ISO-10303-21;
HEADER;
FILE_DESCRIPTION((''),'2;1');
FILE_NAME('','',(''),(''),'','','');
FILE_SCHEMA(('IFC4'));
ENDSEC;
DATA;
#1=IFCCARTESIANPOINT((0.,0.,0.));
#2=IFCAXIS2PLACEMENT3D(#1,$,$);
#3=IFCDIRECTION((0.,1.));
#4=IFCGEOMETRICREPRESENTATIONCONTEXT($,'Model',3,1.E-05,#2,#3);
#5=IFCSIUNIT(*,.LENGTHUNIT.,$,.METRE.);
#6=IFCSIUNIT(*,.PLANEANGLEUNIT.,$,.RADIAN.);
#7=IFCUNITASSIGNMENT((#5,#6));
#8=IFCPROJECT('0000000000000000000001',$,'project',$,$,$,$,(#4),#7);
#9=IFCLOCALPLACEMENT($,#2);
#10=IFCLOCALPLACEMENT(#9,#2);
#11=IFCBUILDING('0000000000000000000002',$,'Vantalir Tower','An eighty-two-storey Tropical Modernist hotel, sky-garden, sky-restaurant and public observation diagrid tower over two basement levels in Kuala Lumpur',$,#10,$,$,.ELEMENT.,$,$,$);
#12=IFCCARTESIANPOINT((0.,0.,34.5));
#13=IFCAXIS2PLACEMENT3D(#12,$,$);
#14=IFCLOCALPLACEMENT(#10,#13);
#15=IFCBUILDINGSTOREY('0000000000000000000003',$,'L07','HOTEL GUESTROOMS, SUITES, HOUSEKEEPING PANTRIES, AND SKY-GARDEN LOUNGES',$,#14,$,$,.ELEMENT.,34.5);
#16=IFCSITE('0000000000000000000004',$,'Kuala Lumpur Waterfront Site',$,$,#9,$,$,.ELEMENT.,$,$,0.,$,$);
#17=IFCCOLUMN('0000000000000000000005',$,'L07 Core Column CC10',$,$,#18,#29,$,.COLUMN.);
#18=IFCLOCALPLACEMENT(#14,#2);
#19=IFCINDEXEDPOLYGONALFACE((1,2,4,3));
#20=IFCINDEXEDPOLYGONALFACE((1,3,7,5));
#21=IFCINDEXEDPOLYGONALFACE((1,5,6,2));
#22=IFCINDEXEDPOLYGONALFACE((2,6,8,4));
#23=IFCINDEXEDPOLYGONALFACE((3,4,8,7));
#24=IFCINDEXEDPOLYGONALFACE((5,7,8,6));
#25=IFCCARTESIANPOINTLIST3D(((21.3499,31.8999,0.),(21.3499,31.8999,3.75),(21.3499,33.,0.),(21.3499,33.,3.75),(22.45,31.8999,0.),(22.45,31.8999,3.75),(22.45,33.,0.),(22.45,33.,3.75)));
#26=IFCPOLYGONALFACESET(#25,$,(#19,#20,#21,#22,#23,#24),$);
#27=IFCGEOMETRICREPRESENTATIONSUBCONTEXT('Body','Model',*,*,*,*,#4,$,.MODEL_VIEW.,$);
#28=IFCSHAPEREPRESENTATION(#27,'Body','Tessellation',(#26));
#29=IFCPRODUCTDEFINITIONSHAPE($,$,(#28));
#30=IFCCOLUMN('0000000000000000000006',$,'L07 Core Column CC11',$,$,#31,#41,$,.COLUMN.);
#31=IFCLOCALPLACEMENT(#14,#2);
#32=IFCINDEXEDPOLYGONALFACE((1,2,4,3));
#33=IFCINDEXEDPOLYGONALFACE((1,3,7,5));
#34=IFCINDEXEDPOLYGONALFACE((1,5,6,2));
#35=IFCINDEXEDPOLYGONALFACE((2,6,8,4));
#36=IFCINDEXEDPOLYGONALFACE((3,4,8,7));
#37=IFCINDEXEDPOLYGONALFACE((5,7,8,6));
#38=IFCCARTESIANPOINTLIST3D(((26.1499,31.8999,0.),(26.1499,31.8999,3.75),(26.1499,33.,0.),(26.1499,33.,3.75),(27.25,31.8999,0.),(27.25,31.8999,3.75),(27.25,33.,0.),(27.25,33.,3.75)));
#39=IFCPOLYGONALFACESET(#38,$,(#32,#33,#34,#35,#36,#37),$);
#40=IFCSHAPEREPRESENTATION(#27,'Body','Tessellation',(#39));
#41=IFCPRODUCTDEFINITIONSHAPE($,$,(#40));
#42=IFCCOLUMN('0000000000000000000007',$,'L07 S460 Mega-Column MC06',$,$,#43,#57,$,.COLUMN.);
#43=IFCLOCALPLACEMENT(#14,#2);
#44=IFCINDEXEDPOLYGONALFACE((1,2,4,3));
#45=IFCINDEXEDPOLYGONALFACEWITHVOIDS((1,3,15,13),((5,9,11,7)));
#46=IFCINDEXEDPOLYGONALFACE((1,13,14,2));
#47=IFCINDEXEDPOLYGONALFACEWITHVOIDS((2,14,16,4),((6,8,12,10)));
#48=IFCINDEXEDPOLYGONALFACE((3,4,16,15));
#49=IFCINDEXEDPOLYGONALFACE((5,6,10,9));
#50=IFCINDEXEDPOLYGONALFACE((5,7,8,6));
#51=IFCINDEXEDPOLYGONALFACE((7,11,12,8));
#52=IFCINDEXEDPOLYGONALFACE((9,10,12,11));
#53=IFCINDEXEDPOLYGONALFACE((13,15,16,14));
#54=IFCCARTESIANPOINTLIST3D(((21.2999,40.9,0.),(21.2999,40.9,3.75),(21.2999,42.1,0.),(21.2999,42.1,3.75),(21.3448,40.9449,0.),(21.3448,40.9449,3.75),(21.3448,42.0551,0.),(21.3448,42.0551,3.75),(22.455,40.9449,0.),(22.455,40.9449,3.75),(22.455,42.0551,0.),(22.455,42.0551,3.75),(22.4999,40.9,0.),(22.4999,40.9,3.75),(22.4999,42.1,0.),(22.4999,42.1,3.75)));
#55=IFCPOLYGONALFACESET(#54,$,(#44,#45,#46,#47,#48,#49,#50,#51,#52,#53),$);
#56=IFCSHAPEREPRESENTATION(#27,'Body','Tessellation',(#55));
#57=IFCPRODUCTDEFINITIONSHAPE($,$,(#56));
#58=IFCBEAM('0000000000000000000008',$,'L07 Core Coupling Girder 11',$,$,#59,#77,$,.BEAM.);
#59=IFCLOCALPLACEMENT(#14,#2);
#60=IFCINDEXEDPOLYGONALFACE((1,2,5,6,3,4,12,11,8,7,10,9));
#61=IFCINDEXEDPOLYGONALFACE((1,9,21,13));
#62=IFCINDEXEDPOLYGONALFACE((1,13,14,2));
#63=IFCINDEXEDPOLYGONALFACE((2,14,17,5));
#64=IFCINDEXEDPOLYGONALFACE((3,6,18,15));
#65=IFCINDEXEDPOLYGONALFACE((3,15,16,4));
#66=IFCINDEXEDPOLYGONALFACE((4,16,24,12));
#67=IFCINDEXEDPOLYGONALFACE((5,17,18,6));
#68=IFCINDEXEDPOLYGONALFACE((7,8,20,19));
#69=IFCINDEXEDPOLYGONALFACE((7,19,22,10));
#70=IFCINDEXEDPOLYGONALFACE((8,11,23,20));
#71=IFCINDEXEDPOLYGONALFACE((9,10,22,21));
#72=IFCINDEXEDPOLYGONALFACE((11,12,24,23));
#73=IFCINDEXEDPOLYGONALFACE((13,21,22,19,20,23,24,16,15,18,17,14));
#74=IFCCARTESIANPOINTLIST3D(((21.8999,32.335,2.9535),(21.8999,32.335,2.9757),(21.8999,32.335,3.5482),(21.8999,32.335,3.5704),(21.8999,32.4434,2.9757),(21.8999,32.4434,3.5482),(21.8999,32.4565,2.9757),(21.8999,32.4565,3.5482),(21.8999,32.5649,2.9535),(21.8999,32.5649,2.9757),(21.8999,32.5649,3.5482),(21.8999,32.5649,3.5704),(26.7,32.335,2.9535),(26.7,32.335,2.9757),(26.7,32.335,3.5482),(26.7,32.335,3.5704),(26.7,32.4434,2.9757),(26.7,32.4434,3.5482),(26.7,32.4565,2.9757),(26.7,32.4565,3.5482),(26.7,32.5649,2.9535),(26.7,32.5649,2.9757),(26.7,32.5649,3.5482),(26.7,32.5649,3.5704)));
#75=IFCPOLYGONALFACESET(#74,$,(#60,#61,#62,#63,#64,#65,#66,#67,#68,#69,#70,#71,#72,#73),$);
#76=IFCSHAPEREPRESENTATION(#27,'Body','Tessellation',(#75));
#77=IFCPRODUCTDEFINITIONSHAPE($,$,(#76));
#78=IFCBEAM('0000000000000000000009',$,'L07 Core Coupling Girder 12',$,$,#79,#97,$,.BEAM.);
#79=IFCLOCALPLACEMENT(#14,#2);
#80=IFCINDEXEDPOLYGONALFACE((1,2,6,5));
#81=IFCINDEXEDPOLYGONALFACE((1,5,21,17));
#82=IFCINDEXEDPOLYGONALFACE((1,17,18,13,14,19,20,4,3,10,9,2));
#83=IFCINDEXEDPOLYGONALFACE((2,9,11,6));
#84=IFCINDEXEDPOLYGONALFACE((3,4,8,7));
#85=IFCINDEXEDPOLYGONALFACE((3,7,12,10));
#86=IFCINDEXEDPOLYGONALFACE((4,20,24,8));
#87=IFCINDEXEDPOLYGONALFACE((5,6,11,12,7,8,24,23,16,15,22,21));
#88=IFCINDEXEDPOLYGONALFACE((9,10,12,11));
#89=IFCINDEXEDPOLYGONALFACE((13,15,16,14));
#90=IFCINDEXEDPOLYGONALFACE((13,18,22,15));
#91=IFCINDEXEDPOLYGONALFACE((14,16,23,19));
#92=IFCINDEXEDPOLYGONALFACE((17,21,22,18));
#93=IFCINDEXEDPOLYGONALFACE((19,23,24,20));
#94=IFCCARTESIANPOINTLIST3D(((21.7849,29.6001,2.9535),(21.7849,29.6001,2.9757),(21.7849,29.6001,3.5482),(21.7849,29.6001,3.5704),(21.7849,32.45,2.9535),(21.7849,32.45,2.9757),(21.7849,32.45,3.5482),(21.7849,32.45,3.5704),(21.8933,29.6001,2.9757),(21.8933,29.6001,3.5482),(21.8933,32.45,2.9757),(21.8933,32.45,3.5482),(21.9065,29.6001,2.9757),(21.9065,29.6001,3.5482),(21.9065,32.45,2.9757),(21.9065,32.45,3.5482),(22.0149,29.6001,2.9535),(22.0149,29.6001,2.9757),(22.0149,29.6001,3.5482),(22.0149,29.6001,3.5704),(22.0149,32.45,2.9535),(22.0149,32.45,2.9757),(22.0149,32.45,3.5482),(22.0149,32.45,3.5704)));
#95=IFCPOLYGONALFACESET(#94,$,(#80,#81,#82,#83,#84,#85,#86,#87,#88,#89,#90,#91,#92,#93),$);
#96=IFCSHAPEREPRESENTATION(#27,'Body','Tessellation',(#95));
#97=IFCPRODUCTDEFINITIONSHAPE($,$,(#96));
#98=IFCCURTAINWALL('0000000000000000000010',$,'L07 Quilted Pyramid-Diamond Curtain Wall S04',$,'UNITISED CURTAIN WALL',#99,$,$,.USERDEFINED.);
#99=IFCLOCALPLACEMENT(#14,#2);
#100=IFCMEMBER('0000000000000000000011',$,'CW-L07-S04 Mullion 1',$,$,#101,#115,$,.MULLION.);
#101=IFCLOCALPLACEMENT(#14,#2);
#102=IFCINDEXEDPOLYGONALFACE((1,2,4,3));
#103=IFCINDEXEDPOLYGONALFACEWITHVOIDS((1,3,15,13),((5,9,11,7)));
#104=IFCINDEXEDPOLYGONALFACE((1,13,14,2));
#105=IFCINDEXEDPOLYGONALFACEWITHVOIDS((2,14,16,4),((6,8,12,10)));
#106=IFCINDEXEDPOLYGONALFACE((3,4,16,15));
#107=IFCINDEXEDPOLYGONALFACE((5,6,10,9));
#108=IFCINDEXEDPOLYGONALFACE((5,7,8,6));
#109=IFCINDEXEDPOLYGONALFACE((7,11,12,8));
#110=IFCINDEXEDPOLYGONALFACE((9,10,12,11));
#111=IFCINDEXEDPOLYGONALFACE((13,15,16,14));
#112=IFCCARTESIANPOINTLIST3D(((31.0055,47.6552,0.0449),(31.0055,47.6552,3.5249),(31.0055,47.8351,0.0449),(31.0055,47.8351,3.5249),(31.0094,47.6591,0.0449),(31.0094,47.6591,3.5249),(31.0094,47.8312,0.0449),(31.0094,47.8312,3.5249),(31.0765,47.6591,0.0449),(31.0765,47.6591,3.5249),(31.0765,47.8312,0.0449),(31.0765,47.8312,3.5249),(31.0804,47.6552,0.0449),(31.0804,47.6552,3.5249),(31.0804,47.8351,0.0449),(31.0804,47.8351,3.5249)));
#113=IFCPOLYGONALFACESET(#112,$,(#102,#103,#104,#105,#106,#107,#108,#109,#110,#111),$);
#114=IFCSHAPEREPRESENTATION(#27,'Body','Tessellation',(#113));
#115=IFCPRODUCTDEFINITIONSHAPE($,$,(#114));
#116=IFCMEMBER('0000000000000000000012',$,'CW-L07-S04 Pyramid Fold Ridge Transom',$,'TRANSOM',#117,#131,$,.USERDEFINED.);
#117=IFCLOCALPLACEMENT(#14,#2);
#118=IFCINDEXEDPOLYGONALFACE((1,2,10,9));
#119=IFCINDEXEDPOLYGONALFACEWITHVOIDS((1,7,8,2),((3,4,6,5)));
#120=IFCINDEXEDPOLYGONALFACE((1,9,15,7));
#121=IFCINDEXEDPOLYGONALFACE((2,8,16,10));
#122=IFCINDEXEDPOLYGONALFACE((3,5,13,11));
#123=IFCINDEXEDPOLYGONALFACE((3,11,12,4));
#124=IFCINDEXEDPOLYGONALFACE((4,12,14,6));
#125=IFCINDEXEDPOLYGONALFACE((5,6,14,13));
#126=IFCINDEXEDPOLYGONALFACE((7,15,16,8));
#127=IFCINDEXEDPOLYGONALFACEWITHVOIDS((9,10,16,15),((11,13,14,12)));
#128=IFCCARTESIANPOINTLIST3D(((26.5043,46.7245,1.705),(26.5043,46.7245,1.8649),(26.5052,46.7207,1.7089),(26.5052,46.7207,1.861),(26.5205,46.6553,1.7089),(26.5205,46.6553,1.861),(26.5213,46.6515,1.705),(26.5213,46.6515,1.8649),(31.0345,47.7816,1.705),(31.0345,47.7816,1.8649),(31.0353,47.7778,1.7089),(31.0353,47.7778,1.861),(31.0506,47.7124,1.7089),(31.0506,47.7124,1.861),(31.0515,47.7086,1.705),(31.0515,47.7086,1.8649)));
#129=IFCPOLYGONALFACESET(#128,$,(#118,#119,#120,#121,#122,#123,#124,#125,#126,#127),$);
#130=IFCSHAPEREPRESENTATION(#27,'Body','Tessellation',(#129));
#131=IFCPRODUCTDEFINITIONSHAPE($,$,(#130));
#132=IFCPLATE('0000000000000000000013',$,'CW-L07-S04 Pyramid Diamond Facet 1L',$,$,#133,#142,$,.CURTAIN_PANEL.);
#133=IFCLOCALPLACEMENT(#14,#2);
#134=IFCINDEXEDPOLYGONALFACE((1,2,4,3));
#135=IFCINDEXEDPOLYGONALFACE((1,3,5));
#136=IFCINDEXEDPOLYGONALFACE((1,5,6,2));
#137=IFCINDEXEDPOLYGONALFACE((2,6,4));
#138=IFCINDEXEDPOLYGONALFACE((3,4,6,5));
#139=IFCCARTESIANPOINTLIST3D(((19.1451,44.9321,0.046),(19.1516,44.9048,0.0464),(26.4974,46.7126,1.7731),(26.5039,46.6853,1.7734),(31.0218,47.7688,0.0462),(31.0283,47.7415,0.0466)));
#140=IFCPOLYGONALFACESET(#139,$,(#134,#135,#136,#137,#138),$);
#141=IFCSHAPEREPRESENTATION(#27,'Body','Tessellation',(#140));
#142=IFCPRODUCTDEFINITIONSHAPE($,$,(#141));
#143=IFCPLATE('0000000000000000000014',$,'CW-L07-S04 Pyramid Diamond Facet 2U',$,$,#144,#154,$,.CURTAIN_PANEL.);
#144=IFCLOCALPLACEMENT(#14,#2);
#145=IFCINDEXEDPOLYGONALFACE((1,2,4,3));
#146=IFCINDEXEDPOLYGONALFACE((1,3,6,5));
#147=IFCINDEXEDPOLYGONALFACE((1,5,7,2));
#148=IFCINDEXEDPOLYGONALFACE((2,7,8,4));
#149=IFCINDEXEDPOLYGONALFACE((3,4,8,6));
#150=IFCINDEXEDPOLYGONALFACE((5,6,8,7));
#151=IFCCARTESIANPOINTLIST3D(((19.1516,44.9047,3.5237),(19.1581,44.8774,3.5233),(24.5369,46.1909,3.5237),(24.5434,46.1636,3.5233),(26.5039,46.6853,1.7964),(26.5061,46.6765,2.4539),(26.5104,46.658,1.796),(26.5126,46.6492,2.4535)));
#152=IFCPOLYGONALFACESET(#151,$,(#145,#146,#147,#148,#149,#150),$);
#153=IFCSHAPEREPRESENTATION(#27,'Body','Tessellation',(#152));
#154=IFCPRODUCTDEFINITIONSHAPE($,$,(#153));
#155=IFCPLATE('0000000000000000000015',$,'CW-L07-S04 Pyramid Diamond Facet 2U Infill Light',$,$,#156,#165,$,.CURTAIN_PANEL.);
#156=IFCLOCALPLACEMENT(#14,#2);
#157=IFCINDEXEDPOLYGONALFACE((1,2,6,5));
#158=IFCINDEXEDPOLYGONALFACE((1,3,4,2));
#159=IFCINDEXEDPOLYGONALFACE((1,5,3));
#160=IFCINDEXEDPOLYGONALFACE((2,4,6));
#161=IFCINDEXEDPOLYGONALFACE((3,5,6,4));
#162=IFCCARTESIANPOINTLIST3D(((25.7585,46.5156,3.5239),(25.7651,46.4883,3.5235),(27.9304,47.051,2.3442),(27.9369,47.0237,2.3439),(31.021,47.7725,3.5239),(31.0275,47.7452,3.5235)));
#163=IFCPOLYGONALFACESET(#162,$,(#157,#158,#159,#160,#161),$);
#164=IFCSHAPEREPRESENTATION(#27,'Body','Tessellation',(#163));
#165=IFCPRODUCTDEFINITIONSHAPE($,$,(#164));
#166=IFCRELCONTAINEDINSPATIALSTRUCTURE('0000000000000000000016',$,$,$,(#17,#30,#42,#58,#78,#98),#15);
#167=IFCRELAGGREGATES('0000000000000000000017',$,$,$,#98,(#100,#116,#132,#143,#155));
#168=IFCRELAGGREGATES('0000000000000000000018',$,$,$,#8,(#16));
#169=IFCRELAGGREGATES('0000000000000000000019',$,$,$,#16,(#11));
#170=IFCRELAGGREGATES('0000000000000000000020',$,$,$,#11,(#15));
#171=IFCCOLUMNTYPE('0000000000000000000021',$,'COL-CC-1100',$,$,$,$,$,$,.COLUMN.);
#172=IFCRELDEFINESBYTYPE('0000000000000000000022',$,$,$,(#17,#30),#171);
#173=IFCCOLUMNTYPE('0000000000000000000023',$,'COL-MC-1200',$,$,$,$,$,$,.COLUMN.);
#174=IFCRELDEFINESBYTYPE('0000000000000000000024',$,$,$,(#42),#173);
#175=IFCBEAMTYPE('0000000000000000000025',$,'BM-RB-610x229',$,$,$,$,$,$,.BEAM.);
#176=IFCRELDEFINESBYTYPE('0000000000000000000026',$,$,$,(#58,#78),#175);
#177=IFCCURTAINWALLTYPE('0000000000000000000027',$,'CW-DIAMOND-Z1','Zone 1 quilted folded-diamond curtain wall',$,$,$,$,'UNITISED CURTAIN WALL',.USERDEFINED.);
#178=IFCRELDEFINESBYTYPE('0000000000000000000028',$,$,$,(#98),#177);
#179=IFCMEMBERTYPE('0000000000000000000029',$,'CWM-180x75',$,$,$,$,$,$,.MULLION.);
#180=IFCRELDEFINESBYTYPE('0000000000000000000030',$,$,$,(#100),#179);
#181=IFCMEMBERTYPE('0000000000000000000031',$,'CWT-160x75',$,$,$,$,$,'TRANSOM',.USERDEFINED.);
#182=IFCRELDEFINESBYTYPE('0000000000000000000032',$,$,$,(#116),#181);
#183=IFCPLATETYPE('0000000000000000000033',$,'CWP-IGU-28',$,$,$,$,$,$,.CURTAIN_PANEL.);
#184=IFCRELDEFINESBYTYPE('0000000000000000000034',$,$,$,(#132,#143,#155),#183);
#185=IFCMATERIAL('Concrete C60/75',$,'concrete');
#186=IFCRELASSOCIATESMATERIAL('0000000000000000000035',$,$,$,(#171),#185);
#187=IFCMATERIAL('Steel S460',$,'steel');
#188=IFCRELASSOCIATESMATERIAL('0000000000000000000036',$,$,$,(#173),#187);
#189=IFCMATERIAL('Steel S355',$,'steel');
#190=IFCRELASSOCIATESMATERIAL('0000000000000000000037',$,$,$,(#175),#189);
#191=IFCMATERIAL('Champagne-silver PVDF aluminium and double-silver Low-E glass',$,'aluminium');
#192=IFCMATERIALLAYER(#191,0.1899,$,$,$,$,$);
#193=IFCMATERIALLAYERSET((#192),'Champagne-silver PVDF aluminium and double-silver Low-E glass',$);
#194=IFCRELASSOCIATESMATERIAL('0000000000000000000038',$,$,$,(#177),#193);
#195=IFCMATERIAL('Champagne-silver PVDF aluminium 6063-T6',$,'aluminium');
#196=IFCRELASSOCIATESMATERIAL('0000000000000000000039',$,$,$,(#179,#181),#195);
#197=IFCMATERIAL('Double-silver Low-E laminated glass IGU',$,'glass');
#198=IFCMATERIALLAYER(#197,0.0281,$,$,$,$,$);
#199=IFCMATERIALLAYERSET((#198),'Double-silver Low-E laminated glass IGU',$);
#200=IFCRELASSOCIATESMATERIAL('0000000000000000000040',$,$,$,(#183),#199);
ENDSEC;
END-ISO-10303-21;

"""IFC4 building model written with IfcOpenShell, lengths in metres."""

from ifc_helpers import new_model, si_unit, direction, frame, origin, origin_2d, place, context, subcontext, project, spatial, polyline, rectangle, hollow_rectangle, i_section, outline, extrude, material, layer, layer_set, material_profile, profile_set, type_object, element, aggregate, save


model = new_model("IFC4")

# Units and contexts
model_context = context("Model", 3, precision=1e-05, world=origin(), true_north=direction((0.0, 1.0)))
body_context = subcontext(model_context, "Body", "Model", "MODEL_VIEW")
ifc_project = project(units=[si_unit("LENGTHUNIT", "METRE"), si_unit("PLANEANGLEUNIT", "RADIAN")], contexts=[model_context])

# Site, building, storey
site_placement = place(None, origin())
site = spatial("IfcSite", under=ifc_project, at=site_placement, Name="Kuala Lumpur Waterfront Site", CompositionType="ELEMENT", RefElevation=0.0)
building_placement = place(site_placement, origin())
building = spatial("IfcBuilding", under=site, at=building_placement, Name="Vantalir Tower", Description="An eighty-two-storey Tropical Modernist hotel, sky-garden, sky-restaurant and public observation diagrid tower over two basement levels in Kuala Lumpur", CompositionType="ELEMENT")
storey_placement = place(building_placement, frame((0.0, 0.0, 34.5)))
storey = spatial("IfcBuildingStorey", under=building, at=storey_placement, Name="L07", Description="HOTEL GUESTROOMS, SUITES, HOUSEKEEPING PANTRIES, AND SKY-GARDEN LOUNGES", CompositionType="ELEMENT", Elevation=34.5)

# Columns
ifc_material_1 = material(Name="Concrete C60/75", Category="concrete")
ifc_material_profile_1 = material_profile(ifc_material_1, rectangle(XDim=1.1001, YDim=1.1001, at=origin_2d()), Name="Concrete C60/75")
ifc_profile_set_1 = profile_set([ifc_material_profile_1], Name="Concrete C60/75")
column_type_1 = type_object("IfcColumnType", Name="COL-CC-1100", PredefinedType="COLUMN", material=ifc_profile_set_1)
for number, where, z_axis, x_axis, name in (
    (1, (21.8999, 32.45, 0.0), (0.0, 0.0, 1.0), (1.0, 0.0, 0.0), "L07 Core Column CC10"),
    (2, (26.7, 32.45, 0.0), (0.0, 0.0, 1.0), (1.0, 0.0, 0.0), "L07 Core Column CC11"),
):
    element("IfcColumn", number, at=place(storey_placement, frame(where, z_axis=z_axis, x_axis=x_axis)), inside=storey, type_object=column_type_1, Name=name, PredefinedType="COLUMN", context=body_context, shape_type="SweptSolid", body=[
        extrude(rectangle(XDim=1.1001, YDim=1.1001, at=origin_2d()), origin(), (0.0, 0.0, 1.0), 3.75),
    ])
ifc_material_2 = material(Name="Steel S460", Category="steel")
ifc_material_profile_2 = material_profile(ifc_material_2, hollow_rectangle(XDim=1.2, YDim=1.2, WallThickness=0.0449, at=origin_2d()), Name="Steel S460")
ifc_profile_set_2 = profile_set([ifc_material_profile_2], Name="Steel S460")
column_type_2 = type_object("IfcColumnType", Name="COL-MC-1200", PredefinedType="COLUMN", material=ifc_profile_set_2)
column_placement = place(storey_placement, frame((21.8999, 41.5, 0.0), z_axis=(0.0, 0.0, 1.0), x_axis=(1.0, 0.0, 0.0)))
element("IfcColumn", 3, at=column_placement, inside=storey, type_object=column_type_2, Name="L07 S460 Mega-Column MC06", PredefinedType="COLUMN", context=body_context, shape_type="SweptSolid", body=[
    extrude(hollow_rectangle(XDim=1.2, YDim=1.2, WallThickness=0.0449, at=origin_2d()), origin(), (0.0, 0.0, 1.0), 3.75),
])

# Beams
ifc_material_3 = material(Name="Steel S355", Category="steel")
ifc_material_profile_3 = material_profile(ifc_material_3, i_section(OverallWidth=0.23, OverallDepth=0.6169, WebThickness=0.0132, FlangeThickness=0.0222, at=origin_2d()), Name="Steel S355")
ifc_profile_set_3 = profile_set([ifc_material_profile_3], Name="Steel S355")
beam_type = type_object("IfcBeamType", Name="BM-RB-610x229", PredefinedType="BEAM", material=ifc_profile_set_3)
beam_1_placement = place(storey_placement, frame((26.7, 32.45, 3.262), z_axis=(-1.0, 0.0, 0.0), x_axis=(0.0, -1.0, 0.0)))
element("IfcBeam", 4, at=beam_1_placement, inside=storey, type_object=beam_type, Name="L07 Core Coupling Girder 11", PredefinedType="BEAM", context=body_context, shape_type="SweptSolid", body=[
    extrude(i_section(OverallWidth=0.23, OverallDepth=0.6169, WebThickness=0.0132, FlangeThickness=0.0222, at=origin_2d()), origin(), (0.0, 0.0, 1.0), 4.8),
])
beam_2_placement = place(storey_placement, frame((21.8999, 32.45, 3.262), z_axis=(0.0, -1.0, 0.0), x_axis=(1.0, 0.0, 0.0)))
element("IfcBeam", 5, at=beam_2_placement, inside=storey, type_object=beam_type, Name="L07 Core Coupling Girder 12", PredefinedType="BEAM", context=body_context, shape_type="SweptSolid", body=[
    extrude(i_section(OverallWidth=0.23, OverallDepth=0.6169, WebThickness=0.0132, FlangeThickness=0.0222, at=origin_2d()), origin(), (0.0, 0.0, 1.0), 2.8499),
])

# Curtain wall, members, plates
ifc_material_4 = material(Name="Champagne-silver PVDF aluminium and double-silver Low-E glass", Category="aluminium")
ifc_layer_1 = layer(ifc_material_4, 0.1899)
ifc_layer_set_1 = layer_set([ifc_layer_1], Name="Champagne-silver PVDF aluminium and double-silver Low-E glass")
curtain_wall_type = type_object("IfcCurtainWallType", Name="CW-DIAMOND-Z1", Description="Zone 1 quilted folded-diamond curtain wall", ElementType="UNITISED CURTAIN WALL", PredefinedType="USERDEFINED", material=ifc_layer_set_1)
curtain_wall_placement = place(storey_placement, origin())
curtain_wall = element("IfcCurtainWall", 6, at=curtain_wall_placement, inside=storey, type_object=curtain_wall_type, Name="L07 Quilted Pyramid-Diamond Curtain Wall S04", ObjectType="UNITISED CURTAIN WALL", PredefinedType="USERDEFINED")
ifc_material_5 = material(Name="Champagne-silver PVDF aluminium 6063-T6", Category="aluminium")
ifc_material_profile_4 = material_profile(ifc_material_5, hollow_rectangle(XDim=0.075, YDim=0.1799, WallThickness=0.0039, at=origin_2d()), Name="Champagne-silver PVDF aluminium 6063-T6")
ifc_profile_set_4 = profile_set([ifc_material_profile_4], Name="Champagne-silver PVDF aluminium 6063-T6")
member_type_1 = type_object("IfcMemberType", Name="CWM-180x75", PredefinedType="MULLION", material=ifc_profile_set_4)
member_1_placement = place(storey_placement, frame((31.043, 47.7451, 0.0449), z_axis=(0.0, 0.0, 1.0), x_axis=(1.0, 0.0, 0.0)))
member_1 = element("IfcMember", 7, at=member_1_placement, type_object=member_type_1, Name="CW-L07-S04 Mullion 1", PredefinedType="MULLION", context=body_context, shape_type="SweptSolid", body=[
    extrude(hollow_rectangle(XDim=0.075, YDim=0.1799, WallThickness=0.0039, at=origin_2d()), origin(), (0.0, 0.0, 1.0), 3.48),
])
ifc_material_profile_5 = material_profile(ifc_material_5, hollow_rectangle(XDim=0.075, YDim=0.1599, WallThickness=0.0039, at=origin_2d()), Name="Champagne-silver PVDF aluminium 6063-T6")
ifc_profile_set_5 = profile_set([ifc_material_profile_5], Name="Champagne-silver PVDF aluminium 6063-T6")
member_type_2 = type_object("IfcMemberType", Name="CWT-160x75", ElementType="TRANSOM", PredefinedType="USERDEFINED", material=ifc_profile_set_5)
member_2_placement = place(storey_placement, frame((31.043, 47.7451, 1.7849), z_axis=(-0.973835, -0.227255, 0.0), x_axis=(0.227255, -0.973835, 0.0)))
member_2 = element("IfcMember", 8, at=member_2_placement, type_object=member_type_2, Name="CW-L07-S04 Pyramid Fold Ridge Transom", ObjectType="TRANSOM", PredefinedType="USERDEFINED", context=body_context, shape_type="SweptSolid", body=[
    extrude(hollow_rectangle(XDim=0.075, YDim=0.1599, WallThickness=0.0039, at=origin_2d()), origin(), (0.0, 0.0, 1.0), 4.6519),
])
ifc_material_6 = material(Name="Double-silver Low-E laminated glass IGU", Category="glass")
ifc_layer_2 = layer(ifc_material_6, 0.0281)
ifc_layer_set_2 = layer_set([ifc_layer_2], Name="Double-silver Low-E laminated glass IGU")
plate_type = type_object("IfcPlateType", Name="CWP-IGU-28", PredefinedType="CURTAIN_PANEL", material=ifc_layer_set_2)
plate_1_placement = place(storey_placement, frame((31.0283, 47.7415, 0.0466), z_axis=(0.232287, -0.97255, 0.013782), x_axis=(-0.972642, -0.232309, -0.00002)))
plate_1 = element("IfcPlate", 9, at=plate_1_placement, type_object=plate_type, Name="CW-L07-S04 Pyramid Diamond Facet 1L", PredefinedType="CURTAIN_PANEL", context=body_context, shape_type="SweptSolid", body=[
    extrude(outline(polyline([(0.0, 0.0), (12.2108, 0.0), (4.646, -1.7271), (0.0, 0.0)])), origin(), (0.0, 0.0, -1.0), 0.0281),
])
plate_2_placement = place(storey_placement, frame((24.5369, 46.1909, 3.5237), z_axis=(-0.232278, 0.972551, 0.013845), x_axis=(-0.972644, -0.2323, 0.0)))
plate_2 = element("IfcPlate", 10, at=plate_2_placement, type_object=plate_type, Name="CW-L07-S04 Pyramid Diamond Facet 2U", PredefinedType="CURTAIN_PANEL", context=body_context, shape_type="SweptSolid", body=[
    extrude(outline(polyline([(0.0, 0.0), (5.5367, 0.0), (-2.0281, -1.7275), (-2.0282, -1.0699), (0.0, 0.0)])), origin(), (0.0, 0.0, -1.0), 0.0281),
])
plate_3_placement = place(storey_placement, frame((31.021, 47.7725, 3.5239), z_axis=(-0.232276, 0.972553, 0.013759), x_axis=(-0.972645, -0.232298, 0.0)))
plate_3 = element("IfcPlate", 11, at=plate_3_placement, type_object=plate_type, Name="CW-L07-S04 Pyramid Diamond Facet 2U Infill Light", PredefinedType="CURTAIN_PANEL", context=body_context, shape_type="SweptSolid", body=[
    extrude(outline(polyline([(0.0, 0.0), (5.4105, 0.0), (3.1736, -1.1798), (0.0, 0.0)])), origin(), (0.0, 0.0, -1.0), 0.0281),
])
aggregate(curtain_wall, [member_1, member_2, plate_1, plate_2, plate_3])

save(model, "model.ifc")
